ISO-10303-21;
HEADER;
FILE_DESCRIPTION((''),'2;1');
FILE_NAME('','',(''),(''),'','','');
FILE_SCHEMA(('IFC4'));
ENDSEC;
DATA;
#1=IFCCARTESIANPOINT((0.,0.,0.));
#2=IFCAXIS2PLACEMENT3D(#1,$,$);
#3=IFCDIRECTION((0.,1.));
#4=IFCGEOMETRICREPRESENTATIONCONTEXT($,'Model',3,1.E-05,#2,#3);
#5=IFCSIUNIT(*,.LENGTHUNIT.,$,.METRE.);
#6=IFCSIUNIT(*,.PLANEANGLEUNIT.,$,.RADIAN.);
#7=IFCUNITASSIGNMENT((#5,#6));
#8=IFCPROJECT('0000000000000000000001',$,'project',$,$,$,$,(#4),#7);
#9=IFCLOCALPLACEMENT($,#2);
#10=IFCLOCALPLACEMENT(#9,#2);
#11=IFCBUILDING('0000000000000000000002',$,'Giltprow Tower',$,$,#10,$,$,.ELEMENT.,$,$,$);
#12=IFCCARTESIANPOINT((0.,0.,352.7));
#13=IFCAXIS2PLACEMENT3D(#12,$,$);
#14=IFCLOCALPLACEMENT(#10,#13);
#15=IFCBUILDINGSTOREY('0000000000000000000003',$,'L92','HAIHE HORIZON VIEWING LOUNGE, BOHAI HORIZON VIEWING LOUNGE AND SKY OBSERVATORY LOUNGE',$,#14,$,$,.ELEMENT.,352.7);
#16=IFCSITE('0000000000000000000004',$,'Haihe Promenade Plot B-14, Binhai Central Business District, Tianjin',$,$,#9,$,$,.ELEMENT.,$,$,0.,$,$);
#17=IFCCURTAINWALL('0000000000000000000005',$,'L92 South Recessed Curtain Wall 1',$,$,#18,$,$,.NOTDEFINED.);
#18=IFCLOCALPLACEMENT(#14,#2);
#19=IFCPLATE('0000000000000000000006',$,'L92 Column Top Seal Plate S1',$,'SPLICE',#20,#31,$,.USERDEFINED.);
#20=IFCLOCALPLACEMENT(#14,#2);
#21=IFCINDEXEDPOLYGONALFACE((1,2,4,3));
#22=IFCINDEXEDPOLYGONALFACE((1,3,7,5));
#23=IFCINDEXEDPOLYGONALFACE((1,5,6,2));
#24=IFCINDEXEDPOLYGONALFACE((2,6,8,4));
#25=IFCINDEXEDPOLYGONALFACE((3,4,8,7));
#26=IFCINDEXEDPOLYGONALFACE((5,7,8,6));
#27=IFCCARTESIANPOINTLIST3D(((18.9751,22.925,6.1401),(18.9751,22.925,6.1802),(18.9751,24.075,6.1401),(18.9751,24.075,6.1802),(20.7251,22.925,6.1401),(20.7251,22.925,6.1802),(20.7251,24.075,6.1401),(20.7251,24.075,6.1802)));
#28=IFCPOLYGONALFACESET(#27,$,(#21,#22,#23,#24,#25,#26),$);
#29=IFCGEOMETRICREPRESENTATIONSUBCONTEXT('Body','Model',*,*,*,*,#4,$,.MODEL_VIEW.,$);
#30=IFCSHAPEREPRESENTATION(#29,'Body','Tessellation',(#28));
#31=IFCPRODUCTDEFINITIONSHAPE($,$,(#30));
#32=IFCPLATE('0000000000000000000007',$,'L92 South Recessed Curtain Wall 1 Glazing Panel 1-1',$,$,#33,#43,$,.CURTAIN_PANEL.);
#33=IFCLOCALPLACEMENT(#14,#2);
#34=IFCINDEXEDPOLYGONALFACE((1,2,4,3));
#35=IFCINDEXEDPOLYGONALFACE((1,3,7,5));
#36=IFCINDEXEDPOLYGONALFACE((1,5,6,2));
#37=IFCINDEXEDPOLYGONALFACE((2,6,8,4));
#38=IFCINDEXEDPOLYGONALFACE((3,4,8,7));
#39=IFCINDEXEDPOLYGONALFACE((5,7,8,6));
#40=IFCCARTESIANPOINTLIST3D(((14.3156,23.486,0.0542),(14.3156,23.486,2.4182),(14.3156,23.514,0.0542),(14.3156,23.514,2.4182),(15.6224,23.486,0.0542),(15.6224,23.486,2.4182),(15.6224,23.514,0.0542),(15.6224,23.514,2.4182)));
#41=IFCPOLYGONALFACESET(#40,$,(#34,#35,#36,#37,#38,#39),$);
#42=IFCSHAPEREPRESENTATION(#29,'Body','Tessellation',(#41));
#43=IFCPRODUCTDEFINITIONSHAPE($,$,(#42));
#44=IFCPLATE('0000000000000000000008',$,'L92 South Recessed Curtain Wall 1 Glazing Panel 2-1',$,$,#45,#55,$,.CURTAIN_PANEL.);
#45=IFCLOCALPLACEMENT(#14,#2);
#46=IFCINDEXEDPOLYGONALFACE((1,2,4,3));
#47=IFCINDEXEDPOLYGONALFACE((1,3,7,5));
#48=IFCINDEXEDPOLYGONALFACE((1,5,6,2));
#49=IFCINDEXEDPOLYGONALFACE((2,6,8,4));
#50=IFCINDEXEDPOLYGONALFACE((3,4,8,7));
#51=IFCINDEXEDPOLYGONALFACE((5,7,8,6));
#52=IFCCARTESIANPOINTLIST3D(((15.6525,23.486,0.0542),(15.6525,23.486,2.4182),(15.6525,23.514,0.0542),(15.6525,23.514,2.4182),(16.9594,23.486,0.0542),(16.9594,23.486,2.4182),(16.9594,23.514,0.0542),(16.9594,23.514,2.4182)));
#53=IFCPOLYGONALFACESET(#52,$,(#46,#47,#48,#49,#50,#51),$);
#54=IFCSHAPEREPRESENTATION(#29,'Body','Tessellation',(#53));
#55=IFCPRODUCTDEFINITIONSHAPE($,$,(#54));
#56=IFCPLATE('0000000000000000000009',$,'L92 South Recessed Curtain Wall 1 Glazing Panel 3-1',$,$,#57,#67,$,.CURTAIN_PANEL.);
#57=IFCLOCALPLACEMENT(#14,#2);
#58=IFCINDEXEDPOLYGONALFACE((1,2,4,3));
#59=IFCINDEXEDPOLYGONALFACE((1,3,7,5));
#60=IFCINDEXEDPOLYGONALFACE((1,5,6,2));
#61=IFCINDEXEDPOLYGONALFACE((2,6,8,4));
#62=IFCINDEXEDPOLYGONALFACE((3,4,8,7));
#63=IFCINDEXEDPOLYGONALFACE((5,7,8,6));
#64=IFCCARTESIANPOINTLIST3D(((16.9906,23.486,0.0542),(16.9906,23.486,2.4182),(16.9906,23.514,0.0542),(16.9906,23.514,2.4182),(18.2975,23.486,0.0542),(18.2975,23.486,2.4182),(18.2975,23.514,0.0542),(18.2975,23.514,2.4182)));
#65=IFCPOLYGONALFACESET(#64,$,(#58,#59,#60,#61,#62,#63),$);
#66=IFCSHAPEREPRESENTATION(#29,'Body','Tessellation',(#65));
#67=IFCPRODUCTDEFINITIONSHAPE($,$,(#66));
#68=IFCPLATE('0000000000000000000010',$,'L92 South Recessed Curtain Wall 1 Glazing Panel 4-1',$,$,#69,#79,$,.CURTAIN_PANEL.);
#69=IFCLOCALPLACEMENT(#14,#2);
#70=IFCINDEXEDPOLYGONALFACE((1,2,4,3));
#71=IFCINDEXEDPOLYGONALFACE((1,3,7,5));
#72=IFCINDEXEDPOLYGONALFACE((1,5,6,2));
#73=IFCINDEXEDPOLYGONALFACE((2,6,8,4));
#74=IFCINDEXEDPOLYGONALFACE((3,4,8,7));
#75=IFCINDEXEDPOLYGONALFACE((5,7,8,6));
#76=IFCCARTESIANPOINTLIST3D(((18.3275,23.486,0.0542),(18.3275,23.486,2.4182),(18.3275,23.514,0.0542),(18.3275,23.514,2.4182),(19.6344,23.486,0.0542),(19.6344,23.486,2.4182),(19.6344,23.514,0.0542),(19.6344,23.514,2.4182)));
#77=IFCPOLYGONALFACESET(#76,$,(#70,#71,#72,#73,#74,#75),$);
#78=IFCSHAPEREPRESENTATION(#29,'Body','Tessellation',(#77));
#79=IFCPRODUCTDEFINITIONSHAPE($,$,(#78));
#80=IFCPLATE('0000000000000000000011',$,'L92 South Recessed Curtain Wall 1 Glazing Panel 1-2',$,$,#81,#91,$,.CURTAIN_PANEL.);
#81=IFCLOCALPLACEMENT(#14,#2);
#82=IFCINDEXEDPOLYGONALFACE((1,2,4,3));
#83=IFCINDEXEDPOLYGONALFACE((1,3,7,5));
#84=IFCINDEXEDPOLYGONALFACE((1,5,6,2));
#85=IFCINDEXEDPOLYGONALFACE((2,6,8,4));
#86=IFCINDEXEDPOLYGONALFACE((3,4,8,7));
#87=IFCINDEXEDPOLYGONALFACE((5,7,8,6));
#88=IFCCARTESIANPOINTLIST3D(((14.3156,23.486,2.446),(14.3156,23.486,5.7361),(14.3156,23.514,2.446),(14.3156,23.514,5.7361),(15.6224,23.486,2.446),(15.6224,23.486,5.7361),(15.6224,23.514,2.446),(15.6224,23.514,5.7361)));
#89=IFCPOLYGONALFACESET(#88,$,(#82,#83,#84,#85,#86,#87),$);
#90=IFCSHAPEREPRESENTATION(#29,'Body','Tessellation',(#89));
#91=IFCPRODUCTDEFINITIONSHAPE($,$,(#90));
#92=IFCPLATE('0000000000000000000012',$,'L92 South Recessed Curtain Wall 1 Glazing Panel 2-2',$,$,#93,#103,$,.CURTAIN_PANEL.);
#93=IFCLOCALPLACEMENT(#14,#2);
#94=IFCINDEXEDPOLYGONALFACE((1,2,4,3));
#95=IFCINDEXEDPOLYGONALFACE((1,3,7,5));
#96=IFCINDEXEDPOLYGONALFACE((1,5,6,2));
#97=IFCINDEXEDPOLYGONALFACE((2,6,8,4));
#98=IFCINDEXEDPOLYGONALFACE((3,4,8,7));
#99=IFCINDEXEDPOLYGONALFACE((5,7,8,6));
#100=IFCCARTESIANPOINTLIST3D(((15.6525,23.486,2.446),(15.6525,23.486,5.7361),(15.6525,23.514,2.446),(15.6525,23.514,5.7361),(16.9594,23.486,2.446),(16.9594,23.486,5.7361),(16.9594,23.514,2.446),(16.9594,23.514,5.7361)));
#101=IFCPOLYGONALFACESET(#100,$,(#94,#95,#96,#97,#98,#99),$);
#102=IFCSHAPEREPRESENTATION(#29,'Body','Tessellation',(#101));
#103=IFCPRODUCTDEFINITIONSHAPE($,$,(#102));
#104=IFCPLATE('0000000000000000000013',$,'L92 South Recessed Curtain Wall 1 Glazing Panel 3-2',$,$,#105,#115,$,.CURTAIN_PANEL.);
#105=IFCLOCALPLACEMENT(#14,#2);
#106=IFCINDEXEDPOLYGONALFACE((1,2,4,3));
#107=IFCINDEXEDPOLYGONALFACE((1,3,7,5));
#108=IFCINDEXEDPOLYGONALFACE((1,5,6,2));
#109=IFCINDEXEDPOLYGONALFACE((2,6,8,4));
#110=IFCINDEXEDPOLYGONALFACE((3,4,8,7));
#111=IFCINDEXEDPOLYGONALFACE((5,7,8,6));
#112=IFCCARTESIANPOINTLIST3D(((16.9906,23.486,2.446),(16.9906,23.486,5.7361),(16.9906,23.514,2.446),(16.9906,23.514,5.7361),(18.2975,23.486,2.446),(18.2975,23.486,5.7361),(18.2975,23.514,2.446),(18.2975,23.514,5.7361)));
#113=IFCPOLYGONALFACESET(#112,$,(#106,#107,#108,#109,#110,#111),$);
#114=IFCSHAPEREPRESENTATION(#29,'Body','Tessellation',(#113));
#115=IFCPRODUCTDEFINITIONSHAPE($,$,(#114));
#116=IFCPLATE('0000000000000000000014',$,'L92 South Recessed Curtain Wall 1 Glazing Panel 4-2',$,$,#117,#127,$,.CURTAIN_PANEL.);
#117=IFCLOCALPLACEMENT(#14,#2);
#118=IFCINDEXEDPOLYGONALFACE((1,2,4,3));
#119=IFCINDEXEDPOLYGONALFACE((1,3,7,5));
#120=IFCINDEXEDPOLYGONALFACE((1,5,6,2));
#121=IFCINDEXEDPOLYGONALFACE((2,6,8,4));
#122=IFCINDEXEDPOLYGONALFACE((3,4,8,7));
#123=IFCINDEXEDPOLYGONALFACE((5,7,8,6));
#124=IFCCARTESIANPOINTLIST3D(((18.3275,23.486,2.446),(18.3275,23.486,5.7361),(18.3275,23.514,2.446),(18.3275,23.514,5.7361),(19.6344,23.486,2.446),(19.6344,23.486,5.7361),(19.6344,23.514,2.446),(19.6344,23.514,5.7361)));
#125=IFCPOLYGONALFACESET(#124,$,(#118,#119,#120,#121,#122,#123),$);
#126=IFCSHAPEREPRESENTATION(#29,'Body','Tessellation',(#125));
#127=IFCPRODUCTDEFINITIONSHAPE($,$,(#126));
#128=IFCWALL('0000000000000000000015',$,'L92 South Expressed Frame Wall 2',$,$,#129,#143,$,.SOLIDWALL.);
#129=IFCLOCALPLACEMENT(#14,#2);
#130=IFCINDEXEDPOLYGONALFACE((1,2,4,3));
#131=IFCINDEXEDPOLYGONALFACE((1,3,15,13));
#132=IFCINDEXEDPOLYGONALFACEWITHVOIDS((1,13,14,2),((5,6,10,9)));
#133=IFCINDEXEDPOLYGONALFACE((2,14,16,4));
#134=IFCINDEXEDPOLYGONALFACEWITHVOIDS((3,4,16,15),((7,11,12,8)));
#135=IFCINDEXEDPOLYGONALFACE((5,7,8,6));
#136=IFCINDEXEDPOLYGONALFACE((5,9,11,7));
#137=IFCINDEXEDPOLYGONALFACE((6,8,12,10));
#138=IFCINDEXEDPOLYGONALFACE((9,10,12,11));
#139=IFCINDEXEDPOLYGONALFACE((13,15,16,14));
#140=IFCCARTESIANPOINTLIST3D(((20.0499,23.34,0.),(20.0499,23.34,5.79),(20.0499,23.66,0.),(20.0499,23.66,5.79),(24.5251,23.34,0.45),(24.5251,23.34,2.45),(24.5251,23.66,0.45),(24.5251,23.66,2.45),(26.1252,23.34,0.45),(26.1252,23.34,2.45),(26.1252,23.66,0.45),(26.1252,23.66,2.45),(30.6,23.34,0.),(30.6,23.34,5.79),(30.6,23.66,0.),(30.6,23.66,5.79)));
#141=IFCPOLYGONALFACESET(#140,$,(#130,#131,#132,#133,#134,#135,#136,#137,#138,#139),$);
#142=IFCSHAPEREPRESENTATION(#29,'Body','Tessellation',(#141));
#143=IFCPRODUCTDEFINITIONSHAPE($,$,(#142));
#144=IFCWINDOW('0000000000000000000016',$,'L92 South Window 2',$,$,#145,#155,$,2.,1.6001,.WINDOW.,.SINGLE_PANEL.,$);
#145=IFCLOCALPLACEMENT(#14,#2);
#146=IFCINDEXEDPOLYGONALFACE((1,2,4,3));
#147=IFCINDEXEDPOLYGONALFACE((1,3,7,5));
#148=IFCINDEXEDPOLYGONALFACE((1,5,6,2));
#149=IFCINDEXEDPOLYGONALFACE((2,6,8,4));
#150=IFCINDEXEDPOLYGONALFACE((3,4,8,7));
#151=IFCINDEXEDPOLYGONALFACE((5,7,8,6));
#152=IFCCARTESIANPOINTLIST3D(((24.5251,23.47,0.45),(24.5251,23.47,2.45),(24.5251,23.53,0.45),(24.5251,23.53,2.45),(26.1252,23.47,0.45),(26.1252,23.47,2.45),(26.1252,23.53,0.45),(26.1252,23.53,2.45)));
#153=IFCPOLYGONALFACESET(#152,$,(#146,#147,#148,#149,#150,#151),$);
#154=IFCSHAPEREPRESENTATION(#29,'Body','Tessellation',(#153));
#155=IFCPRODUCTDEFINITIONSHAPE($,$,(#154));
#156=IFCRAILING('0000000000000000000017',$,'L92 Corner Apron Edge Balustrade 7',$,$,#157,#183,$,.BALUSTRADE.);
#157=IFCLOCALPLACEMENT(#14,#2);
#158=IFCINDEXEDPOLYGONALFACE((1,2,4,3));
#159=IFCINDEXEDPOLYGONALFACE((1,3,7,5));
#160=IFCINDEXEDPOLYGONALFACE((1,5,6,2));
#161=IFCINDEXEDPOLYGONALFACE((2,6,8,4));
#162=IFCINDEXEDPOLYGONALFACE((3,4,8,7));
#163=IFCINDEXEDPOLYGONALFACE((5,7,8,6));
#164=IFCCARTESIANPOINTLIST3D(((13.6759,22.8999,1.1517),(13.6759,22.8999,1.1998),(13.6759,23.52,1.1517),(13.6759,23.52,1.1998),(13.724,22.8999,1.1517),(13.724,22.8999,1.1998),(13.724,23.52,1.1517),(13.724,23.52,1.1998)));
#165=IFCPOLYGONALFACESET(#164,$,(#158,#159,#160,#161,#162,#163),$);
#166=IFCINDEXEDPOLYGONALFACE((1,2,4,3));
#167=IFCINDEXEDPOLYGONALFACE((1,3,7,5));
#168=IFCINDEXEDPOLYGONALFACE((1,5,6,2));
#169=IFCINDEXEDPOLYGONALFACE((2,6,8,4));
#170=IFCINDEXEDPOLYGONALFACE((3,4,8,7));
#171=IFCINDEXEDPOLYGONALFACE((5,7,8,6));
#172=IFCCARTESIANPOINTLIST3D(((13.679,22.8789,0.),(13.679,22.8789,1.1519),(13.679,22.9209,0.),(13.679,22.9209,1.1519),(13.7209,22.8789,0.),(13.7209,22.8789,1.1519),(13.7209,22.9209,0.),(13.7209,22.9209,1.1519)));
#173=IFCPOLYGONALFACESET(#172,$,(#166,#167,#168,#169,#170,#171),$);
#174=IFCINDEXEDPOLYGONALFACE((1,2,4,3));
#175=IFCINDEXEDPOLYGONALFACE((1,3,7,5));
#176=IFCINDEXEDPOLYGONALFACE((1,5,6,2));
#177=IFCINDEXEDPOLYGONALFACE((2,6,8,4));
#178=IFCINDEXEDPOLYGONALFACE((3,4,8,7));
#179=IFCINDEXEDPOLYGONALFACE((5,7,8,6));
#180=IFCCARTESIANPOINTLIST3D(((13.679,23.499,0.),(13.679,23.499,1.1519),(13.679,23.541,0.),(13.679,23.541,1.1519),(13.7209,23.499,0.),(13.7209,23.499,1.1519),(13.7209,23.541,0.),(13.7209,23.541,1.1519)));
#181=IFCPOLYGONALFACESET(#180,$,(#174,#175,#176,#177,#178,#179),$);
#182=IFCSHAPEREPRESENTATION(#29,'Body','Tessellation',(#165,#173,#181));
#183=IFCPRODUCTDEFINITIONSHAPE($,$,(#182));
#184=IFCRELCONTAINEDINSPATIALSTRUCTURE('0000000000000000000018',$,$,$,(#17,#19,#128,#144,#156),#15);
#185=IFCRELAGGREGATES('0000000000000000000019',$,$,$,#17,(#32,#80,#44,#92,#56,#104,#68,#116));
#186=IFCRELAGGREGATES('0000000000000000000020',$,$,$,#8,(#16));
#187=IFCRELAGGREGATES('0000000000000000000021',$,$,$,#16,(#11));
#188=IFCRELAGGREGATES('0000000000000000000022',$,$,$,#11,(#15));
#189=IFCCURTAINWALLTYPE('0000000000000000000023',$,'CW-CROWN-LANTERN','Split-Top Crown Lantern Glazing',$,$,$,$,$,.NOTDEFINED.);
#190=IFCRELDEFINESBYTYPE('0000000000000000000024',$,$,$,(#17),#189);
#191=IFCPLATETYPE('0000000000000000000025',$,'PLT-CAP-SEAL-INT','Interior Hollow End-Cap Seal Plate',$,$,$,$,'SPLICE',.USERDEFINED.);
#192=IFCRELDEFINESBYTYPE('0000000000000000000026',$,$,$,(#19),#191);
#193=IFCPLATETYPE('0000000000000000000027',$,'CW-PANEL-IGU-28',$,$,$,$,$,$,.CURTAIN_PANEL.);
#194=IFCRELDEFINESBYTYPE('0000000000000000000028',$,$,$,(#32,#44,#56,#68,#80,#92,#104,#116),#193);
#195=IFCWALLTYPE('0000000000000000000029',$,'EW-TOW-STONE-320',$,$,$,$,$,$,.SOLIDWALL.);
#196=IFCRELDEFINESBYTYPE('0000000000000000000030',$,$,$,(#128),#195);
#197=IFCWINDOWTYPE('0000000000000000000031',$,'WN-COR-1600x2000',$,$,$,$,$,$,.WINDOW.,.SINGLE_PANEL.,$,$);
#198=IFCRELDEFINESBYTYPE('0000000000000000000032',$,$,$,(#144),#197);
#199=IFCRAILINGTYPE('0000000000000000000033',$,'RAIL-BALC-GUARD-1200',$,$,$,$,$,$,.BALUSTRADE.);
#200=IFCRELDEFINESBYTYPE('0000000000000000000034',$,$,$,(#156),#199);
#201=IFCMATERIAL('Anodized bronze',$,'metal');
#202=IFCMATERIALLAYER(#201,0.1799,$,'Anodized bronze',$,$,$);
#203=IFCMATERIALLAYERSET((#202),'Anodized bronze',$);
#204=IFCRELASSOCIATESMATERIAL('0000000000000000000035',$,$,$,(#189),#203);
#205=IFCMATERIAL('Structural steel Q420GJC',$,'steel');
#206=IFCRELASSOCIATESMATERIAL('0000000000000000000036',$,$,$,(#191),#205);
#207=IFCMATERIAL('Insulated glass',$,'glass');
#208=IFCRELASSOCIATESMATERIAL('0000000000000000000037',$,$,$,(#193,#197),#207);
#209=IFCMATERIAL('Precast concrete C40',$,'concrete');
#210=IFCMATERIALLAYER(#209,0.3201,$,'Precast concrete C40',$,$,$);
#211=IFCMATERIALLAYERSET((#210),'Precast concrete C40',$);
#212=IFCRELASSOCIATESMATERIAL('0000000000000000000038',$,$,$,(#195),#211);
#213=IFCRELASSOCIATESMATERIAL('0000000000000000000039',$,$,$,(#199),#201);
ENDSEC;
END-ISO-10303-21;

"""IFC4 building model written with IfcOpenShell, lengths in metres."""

from ifc_helpers import new_model, si_unit, direction, frame, frame_2d, origin, origin_2d, place, context, subcontext, project, spatial, rectangle, extrude, source, transform, mapped, material, layer, layer_set, type_object, element, fill, aggregate, save


model = new_model("IFC4")

# Units and contexts
model_context = context("Model", 3, precision=1e-05, world=origin(), true_north=direction((0.0, 1.0)))
body_context = subcontext(model_context, "Body", "Model", "MODEL_VIEW")
ifc_project = project(units=[si_unit("LENGTHUNIT", "METRE"), si_unit("PLANEANGLEUNIT", "RADIAN")], contexts=[model_context])

# Site, building, storey
site_placement = place(None, origin())
site = spatial("IfcSite", under=ifc_project, at=site_placement, Name="Haihe Promenade Plot B-14, Binhai Central Business District, Tianjin", CompositionType="ELEMENT", RefElevation=0.0)
building_placement = place(site_placement, origin())
building = spatial("IfcBuilding", under=site, at=building_placement, Name="Giltprow Tower", CompositionType="ELEMENT")
storey_placement = place(building_placement, frame((0.0, 0.0, 352.7)))
storey = spatial("IfcBuildingStorey", under=building, at=storey_placement, Name="L92", Description="HAIHE HORIZON VIEWING LOUNGE, BOHAI HORIZON VIEWING LOUNGE AND SKY OBSERVATORY LOUNGE", CompositionType="ELEMENT", Elevation=352.7)

# Curtain wall
ifc_material_1 = material(Name="Anodized bronze", Category="metal")
ifc_layer_1 = layer(ifc_material_1, 0.1799, Name="Anodized bronze")
ifc_layer_set_1 = layer_set([ifc_layer_1], Name="Anodized bronze")
curtain_wall_type = type_object("IfcCurtainWallType", Name="CW-CROWN-LANTERN", Description="Split-Top Crown Lantern Glazing", PredefinedType="NOTDEFINED", material=ifc_layer_set_1)
curtain_wall_1_placement = place(storey_placement, origin())
curtain_wall_1 = element("IfcCurtainWall", 1, at=curtain_wall_1_placement, inside=storey, type_object=curtain_wall_type, Name="L92 South Recessed Curtain Wall 1", PredefinedType="NOTDEFINED")

# Plates
ifc_material_2 = material(Name="Structural steel Q420GJC", Category="steel")
plate_type_1 = type_object("IfcPlateType", Name="PLT-CAP-SEAL-INT", Description="Interior Hollow End-Cap Seal Plate", ElementType="SPLICE", PredefinedType="USERDEFINED", material=ifc_material_2)
shared_shape_1 = source(origin(), body_context, "Body", "SweptSolid", [
    extrude(rectangle(XDim=1.75, YDim=1.1499, at=origin_2d()), origin(), (0.0, 0.0, 1.0), 0.04),
])
plate_1_placement = place(storey_placement, frame((19.8501, 23.5, 6.1401), z_axis=(0.0, 0.0, 1.0), x_axis=(1.0, 0.0, 0.0)))
element("IfcPlate", 2, at=plate_1_placement, inside=storey, type_object=plate_type_1, Name="L92 Column Top Seal Plate S1", ObjectType="SPLICE", PredefinedType="USERDEFINED", context=body_context, shape_type="MappedRepresentation", body=[
    mapped(shared_shape_1, transform((0.0, 0.0, 0.0), x_axis=(1.0, 0.0, 0.0), y_axis=(0.0, 1.0, 0.0), z_axis=(0.0, 0.0, 1.0), scale=1.0)),
])
ifc_material_3 = material(Name="Insulated glass", Category="glass")
plate_type_2 = type_object("IfcPlateType", Name="CW-PANEL-IGU-28", PredefinedType="CURTAIN_PANEL", material=ifc_material_3)
shared_shape_2 = source(origin(), body_context, "Body", "SweptSolid", [
    extrude(rectangle(XDim=1.3069, YDim=0.0281, at=origin_2d()), origin(), (0.0, 0.0, 1.0), 2.364),
])
plate_2_placement = place(storey_placement, frame((14.969, 23.5, 0.0542), z_axis=(0.0, 0.0, 1.0), x_axis=(1.0, 0.0, 0.0)))
plate_2 = element("IfcPlate", 3, at=plate_2_placement, type_object=plate_type_2, Name="L92 South Recessed Curtain Wall 1 Glazing Panel 1-1", PredefinedType="CURTAIN_PANEL", context=body_context, shape_type="MappedRepresentation", body=[
    mapped(shared_shape_2, transform((0.0, 0.0, 0.0), x_axis=(1.0, 0.0, 0.0), y_axis=(0.0, 1.0, 0.0), z_axis=(0.0, 0.0, 1.0), scale=1.0)),
])
plate_3_placement = place(storey_placement, frame((16.3059, 23.5, 0.0542), z_axis=(0.0, 0.0, 1.0), x_axis=(1.0, 0.0, 0.0)))
plate_3 = element("IfcPlate", 4, at=plate_3_placement, type_object=plate_type_2, Name="L92 South Recessed Curtain Wall 1 Glazing Panel 2-1", PredefinedType="CURTAIN_PANEL", context=body_context, shape_type="MappedRepresentation", body=[
    mapped(shared_shape_2, transform((0.0, 0.0, 0.0), x_axis=(1.0, 0.0, 0.0), y_axis=(0.0, 1.0, 0.0), z_axis=(0.0, 0.0, 1.0), scale=1.0)),
])
plate_4_placement = place(storey_placement, frame((17.644, 23.5, 0.0542), z_axis=(0.0, 0.0, 1.0), x_axis=(1.0, 0.0, 0.0)))
plate_4 = element("IfcPlate", 5, at=plate_4_placement, type_object=plate_type_2, Name="L92 South Recessed Curtain Wall 1 Glazing Panel 3-1", PredefinedType="CURTAIN_PANEL", context=body_context, shape_type="MappedRepresentation", body=[
    mapped(shared_shape_2, transform((0.0, 0.0, 0.0), x_axis=(1.0, 0.0, 0.0), y_axis=(0.0, 1.0, 0.0), z_axis=(0.0, 0.0, 1.0), scale=1.0)),
])
plate_5_placement = place(storey_placement, frame((18.981, 23.5, 0.0542), z_axis=(0.0, 0.0, 1.0), x_axis=(1.0, 0.0, 0.0)))
plate_5 = element("IfcPlate", 6, at=plate_5_placement, type_object=plate_type_2, Name="L92 South Recessed Curtain Wall 1 Glazing Panel 4-1", PredefinedType="CURTAIN_PANEL", context=body_context, shape_type="MappedRepresentation", body=[
    mapped(shared_shape_2, transform((0.0, 0.0, 0.0), x_axis=(1.0, 0.0, 0.0), y_axis=(0.0, 1.0, 0.0), z_axis=(0.0, 0.0, 1.0), scale=1.0)),
])
shared_shape_3 = source(origin(), body_context, "Body", "SweptSolid", [
    extrude(rectangle(XDim=1.3069, YDim=0.0281, at=origin_2d()), origin(), (0.0, 0.0, 1.0), 3.29),
])
plate_6_placement = place(storey_placement, frame((14.969, 23.5, 2.446), z_axis=(0.0, 0.0, 1.0), x_axis=(1.0, 0.0, 0.0)))
plate_6 = element("IfcPlate", 7, at=plate_6_placement, type_object=plate_type_2, Name="L92 South Recessed Curtain Wall 1 Glazing Panel 1-2", PredefinedType="CURTAIN_PANEL", context=body_context, shape_type="MappedRepresentation", body=[
    mapped(shared_shape_3, transform((0.0, 0.0, 0.0), x_axis=(1.0, 0.0, 0.0), y_axis=(0.0, 1.0, 0.0), z_axis=(0.0, 0.0, 1.0), scale=1.0)),
])
plate_7_placement = place(storey_placement, frame((16.3059, 23.5, 2.446), z_axis=(0.0, 0.0, 1.0), x_axis=(1.0, 0.0, 0.0)))
plate_7 = element("IfcPlate", 8, at=plate_7_placement, type_object=plate_type_2, Name="L92 South Recessed Curtain Wall 1 Glazing Panel 2-2", PredefinedType="CURTAIN_PANEL", context=body_context, shape_type="MappedRepresentation", body=[
    mapped(shared_shape_3, transform((0.0, 0.0, 0.0), x_axis=(1.0, 0.0, 0.0), y_axis=(0.0, 1.0, 0.0), z_axis=(0.0, 0.0, 1.0), scale=1.0)),
])
plate_8_placement = place(storey_placement, frame((17.644, 23.5, 2.446), z_axis=(0.0, 0.0, 1.0), x_axis=(1.0, 0.0, 0.0)))
plate_8 = element("IfcPlate", 9, at=plate_8_placement, type_object=plate_type_2, Name="L92 South Recessed Curtain Wall 1 Glazing Panel 3-2", PredefinedType="CURTAIN_PANEL", context=body_context, shape_type="MappedRepresentation", body=[
    mapped(shared_shape_3, transform((0.0, 0.0, 0.0), x_axis=(1.0, 0.0, 0.0), y_axis=(0.0, 1.0, 0.0), z_axis=(0.0, 0.0, 1.0), scale=1.0)),
])
plate_9_placement = place(storey_placement, frame((18.981, 23.5, 2.446), z_axis=(0.0, 0.0, 1.0), x_axis=(1.0, 0.0, 0.0)))
plate_9 = element("IfcPlate", 10, at=plate_9_placement, type_object=plate_type_2, Name="L92 South Recessed Curtain Wall 1 Glazing Panel 4-2", PredefinedType="CURTAIN_PANEL", context=body_context, shape_type="MappedRepresentation", body=[
    mapped(shared_shape_3, transform((0.0, 0.0, 0.0), x_axis=(1.0, 0.0, 0.0), y_axis=(0.0, 1.0, 0.0), z_axis=(0.0, 0.0, 1.0), scale=1.0)),
])
aggregate(curtain_wall_1, [plate_2, plate_6, plate_3, plate_7, plate_4, plate_8, plate_5, plate_9])

# Wall, opening, window
ifc_material_4 = material(Name="Precast concrete C40", Category="concrete")
ifc_layer_2 = layer(ifc_material_4, 0.3201, Name="Precast concrete C40")
ifc_layer_set_2 = layer_set([ifc_layer_2], Name="Precast concrete C40")
wall_type = type_object("IfcWallType", Name="EW-TOW-STONE-320", PredefinedType="SOLIDWALL", material=ifc_layer_set_2)
wall_placement = place(storey_placement, frame((20.05, 23.5, 0.0), z_axis=(0.0, 0.0, 1.0), x_axis=(1.0, 0.0, 0.0)))
wall = element("IfcWall", 11, at=wall_placement, inside=storey, type_object=wall_type, Name="L92 South Expressed Frame Wall 2", PredefinedType="SOLIDWALL", context=body_context, shape_type="SweptSolid", body=[
    extrude(rectangle(XDim=10.55, YDim=0.3201, at=frame_2d((5.2749, 0.0))), origin(), (0.0, 0.0, 1.0), 5.79),
])
opening_placement = place(wall_placement, frame((4.4751, 0.0, 0.45)))
opening = element("IfcOpeningElement", 12, at=opening_placement, cuts=wall, PredefinedType="OPENING", context=body_context, shape_type="SweptSolid", body=[
    extrude(rectangle(XDim=1.6001, YDim=2.0, at=frame_2d((0.8, 1.0))), frame((0.0, 0.1699, 0.0), z_axis=(0.0, -1.0, 0.0), x_axis=(1.0, 0.0, 0.0)), (0.0, 0.0, 1.0), 0.3401),
])
window_type = type_object("IfcWindowType", Name="WN-COR-1600x2000", PartitioningType="SINGLE_PANEL", PredefinedType="WINDOW", material=ifc_material_3)
shared_shape_4 = source(origin(), body_context, "Body", "SweptSolid", [
    extrude(rectangle(XDim=1.6001, YDim=2.0, at=frame_2d((0.8, 1.0))), frame((0.0, 0.03, 0.0), z_axis=(0.0, -1.0, 0.0), x_axis=(1.0, 0.0, 0.0)), (0.0, 0.0, 1.0), 0.0601),
])
window_placement = place(opening_placement, origin())
window = element("IfcWindow", 13, at=window_placement, inside=storey, type_object=window_type, Name="L92 South Window 2", OverallHeight=2.0, OverallWidth=1.6001, PartitioningType="SINGLE_PANEL", PredefinedType="WINDOW", context=body_context, shape_type="MappedRepresentation", body=[
    mapped(shared_shape_4, transform((0.0, 0.0, 0.0), x_axis=(1.0, 0.0, 0.0), y_axis=(0.0, 1.0, 0.0), z_axis=(0.0, 0.0, 1.0), scale=1.0)),
])
fill(opening, window)

# Railing
railing_type = type_object("IfcRailingType", Name="RAIL-BALC-GUARD-1200", PredefinedType="BALUSTRADE", material=ifc_material_1)
railing_placement = place(storey_placement, frame((13.7, 22.8999, 0.0)))
element("IfcRailing", 14, at=railing_placement, inside=storey, type_object=railing_type, Name="L92 Corner Apron Edge Balustrade 7", PredefinedType="BALUSTRADE", context=body_context, shape_type="SweptSolid", body=[
    extrude(rectangle(XDim=0.0481, YDim=0.0481, at=origin_2d()), frame((0.0, 0.0, 1.1758), z_axis=(0.0, 1.0, 0.0), x_axis=(-1.0, 0.0, 0.0)), (0.0, 0.0, 1.0), 0.6201),
    extrude(rectangle(XDim=0.042, YDim=0.042, at=origin_2d()), origin(), (0.0, 0.0, 1.0), 1.1519),
    extrude(rectangle(XDim=0.042, YDim=0.042, at=origin_2d()), frame((0.0, 0.6201, 0.0)), (0.0, 0.0, 1.0), 1.1519),
])

save(model, "model.ifc")
